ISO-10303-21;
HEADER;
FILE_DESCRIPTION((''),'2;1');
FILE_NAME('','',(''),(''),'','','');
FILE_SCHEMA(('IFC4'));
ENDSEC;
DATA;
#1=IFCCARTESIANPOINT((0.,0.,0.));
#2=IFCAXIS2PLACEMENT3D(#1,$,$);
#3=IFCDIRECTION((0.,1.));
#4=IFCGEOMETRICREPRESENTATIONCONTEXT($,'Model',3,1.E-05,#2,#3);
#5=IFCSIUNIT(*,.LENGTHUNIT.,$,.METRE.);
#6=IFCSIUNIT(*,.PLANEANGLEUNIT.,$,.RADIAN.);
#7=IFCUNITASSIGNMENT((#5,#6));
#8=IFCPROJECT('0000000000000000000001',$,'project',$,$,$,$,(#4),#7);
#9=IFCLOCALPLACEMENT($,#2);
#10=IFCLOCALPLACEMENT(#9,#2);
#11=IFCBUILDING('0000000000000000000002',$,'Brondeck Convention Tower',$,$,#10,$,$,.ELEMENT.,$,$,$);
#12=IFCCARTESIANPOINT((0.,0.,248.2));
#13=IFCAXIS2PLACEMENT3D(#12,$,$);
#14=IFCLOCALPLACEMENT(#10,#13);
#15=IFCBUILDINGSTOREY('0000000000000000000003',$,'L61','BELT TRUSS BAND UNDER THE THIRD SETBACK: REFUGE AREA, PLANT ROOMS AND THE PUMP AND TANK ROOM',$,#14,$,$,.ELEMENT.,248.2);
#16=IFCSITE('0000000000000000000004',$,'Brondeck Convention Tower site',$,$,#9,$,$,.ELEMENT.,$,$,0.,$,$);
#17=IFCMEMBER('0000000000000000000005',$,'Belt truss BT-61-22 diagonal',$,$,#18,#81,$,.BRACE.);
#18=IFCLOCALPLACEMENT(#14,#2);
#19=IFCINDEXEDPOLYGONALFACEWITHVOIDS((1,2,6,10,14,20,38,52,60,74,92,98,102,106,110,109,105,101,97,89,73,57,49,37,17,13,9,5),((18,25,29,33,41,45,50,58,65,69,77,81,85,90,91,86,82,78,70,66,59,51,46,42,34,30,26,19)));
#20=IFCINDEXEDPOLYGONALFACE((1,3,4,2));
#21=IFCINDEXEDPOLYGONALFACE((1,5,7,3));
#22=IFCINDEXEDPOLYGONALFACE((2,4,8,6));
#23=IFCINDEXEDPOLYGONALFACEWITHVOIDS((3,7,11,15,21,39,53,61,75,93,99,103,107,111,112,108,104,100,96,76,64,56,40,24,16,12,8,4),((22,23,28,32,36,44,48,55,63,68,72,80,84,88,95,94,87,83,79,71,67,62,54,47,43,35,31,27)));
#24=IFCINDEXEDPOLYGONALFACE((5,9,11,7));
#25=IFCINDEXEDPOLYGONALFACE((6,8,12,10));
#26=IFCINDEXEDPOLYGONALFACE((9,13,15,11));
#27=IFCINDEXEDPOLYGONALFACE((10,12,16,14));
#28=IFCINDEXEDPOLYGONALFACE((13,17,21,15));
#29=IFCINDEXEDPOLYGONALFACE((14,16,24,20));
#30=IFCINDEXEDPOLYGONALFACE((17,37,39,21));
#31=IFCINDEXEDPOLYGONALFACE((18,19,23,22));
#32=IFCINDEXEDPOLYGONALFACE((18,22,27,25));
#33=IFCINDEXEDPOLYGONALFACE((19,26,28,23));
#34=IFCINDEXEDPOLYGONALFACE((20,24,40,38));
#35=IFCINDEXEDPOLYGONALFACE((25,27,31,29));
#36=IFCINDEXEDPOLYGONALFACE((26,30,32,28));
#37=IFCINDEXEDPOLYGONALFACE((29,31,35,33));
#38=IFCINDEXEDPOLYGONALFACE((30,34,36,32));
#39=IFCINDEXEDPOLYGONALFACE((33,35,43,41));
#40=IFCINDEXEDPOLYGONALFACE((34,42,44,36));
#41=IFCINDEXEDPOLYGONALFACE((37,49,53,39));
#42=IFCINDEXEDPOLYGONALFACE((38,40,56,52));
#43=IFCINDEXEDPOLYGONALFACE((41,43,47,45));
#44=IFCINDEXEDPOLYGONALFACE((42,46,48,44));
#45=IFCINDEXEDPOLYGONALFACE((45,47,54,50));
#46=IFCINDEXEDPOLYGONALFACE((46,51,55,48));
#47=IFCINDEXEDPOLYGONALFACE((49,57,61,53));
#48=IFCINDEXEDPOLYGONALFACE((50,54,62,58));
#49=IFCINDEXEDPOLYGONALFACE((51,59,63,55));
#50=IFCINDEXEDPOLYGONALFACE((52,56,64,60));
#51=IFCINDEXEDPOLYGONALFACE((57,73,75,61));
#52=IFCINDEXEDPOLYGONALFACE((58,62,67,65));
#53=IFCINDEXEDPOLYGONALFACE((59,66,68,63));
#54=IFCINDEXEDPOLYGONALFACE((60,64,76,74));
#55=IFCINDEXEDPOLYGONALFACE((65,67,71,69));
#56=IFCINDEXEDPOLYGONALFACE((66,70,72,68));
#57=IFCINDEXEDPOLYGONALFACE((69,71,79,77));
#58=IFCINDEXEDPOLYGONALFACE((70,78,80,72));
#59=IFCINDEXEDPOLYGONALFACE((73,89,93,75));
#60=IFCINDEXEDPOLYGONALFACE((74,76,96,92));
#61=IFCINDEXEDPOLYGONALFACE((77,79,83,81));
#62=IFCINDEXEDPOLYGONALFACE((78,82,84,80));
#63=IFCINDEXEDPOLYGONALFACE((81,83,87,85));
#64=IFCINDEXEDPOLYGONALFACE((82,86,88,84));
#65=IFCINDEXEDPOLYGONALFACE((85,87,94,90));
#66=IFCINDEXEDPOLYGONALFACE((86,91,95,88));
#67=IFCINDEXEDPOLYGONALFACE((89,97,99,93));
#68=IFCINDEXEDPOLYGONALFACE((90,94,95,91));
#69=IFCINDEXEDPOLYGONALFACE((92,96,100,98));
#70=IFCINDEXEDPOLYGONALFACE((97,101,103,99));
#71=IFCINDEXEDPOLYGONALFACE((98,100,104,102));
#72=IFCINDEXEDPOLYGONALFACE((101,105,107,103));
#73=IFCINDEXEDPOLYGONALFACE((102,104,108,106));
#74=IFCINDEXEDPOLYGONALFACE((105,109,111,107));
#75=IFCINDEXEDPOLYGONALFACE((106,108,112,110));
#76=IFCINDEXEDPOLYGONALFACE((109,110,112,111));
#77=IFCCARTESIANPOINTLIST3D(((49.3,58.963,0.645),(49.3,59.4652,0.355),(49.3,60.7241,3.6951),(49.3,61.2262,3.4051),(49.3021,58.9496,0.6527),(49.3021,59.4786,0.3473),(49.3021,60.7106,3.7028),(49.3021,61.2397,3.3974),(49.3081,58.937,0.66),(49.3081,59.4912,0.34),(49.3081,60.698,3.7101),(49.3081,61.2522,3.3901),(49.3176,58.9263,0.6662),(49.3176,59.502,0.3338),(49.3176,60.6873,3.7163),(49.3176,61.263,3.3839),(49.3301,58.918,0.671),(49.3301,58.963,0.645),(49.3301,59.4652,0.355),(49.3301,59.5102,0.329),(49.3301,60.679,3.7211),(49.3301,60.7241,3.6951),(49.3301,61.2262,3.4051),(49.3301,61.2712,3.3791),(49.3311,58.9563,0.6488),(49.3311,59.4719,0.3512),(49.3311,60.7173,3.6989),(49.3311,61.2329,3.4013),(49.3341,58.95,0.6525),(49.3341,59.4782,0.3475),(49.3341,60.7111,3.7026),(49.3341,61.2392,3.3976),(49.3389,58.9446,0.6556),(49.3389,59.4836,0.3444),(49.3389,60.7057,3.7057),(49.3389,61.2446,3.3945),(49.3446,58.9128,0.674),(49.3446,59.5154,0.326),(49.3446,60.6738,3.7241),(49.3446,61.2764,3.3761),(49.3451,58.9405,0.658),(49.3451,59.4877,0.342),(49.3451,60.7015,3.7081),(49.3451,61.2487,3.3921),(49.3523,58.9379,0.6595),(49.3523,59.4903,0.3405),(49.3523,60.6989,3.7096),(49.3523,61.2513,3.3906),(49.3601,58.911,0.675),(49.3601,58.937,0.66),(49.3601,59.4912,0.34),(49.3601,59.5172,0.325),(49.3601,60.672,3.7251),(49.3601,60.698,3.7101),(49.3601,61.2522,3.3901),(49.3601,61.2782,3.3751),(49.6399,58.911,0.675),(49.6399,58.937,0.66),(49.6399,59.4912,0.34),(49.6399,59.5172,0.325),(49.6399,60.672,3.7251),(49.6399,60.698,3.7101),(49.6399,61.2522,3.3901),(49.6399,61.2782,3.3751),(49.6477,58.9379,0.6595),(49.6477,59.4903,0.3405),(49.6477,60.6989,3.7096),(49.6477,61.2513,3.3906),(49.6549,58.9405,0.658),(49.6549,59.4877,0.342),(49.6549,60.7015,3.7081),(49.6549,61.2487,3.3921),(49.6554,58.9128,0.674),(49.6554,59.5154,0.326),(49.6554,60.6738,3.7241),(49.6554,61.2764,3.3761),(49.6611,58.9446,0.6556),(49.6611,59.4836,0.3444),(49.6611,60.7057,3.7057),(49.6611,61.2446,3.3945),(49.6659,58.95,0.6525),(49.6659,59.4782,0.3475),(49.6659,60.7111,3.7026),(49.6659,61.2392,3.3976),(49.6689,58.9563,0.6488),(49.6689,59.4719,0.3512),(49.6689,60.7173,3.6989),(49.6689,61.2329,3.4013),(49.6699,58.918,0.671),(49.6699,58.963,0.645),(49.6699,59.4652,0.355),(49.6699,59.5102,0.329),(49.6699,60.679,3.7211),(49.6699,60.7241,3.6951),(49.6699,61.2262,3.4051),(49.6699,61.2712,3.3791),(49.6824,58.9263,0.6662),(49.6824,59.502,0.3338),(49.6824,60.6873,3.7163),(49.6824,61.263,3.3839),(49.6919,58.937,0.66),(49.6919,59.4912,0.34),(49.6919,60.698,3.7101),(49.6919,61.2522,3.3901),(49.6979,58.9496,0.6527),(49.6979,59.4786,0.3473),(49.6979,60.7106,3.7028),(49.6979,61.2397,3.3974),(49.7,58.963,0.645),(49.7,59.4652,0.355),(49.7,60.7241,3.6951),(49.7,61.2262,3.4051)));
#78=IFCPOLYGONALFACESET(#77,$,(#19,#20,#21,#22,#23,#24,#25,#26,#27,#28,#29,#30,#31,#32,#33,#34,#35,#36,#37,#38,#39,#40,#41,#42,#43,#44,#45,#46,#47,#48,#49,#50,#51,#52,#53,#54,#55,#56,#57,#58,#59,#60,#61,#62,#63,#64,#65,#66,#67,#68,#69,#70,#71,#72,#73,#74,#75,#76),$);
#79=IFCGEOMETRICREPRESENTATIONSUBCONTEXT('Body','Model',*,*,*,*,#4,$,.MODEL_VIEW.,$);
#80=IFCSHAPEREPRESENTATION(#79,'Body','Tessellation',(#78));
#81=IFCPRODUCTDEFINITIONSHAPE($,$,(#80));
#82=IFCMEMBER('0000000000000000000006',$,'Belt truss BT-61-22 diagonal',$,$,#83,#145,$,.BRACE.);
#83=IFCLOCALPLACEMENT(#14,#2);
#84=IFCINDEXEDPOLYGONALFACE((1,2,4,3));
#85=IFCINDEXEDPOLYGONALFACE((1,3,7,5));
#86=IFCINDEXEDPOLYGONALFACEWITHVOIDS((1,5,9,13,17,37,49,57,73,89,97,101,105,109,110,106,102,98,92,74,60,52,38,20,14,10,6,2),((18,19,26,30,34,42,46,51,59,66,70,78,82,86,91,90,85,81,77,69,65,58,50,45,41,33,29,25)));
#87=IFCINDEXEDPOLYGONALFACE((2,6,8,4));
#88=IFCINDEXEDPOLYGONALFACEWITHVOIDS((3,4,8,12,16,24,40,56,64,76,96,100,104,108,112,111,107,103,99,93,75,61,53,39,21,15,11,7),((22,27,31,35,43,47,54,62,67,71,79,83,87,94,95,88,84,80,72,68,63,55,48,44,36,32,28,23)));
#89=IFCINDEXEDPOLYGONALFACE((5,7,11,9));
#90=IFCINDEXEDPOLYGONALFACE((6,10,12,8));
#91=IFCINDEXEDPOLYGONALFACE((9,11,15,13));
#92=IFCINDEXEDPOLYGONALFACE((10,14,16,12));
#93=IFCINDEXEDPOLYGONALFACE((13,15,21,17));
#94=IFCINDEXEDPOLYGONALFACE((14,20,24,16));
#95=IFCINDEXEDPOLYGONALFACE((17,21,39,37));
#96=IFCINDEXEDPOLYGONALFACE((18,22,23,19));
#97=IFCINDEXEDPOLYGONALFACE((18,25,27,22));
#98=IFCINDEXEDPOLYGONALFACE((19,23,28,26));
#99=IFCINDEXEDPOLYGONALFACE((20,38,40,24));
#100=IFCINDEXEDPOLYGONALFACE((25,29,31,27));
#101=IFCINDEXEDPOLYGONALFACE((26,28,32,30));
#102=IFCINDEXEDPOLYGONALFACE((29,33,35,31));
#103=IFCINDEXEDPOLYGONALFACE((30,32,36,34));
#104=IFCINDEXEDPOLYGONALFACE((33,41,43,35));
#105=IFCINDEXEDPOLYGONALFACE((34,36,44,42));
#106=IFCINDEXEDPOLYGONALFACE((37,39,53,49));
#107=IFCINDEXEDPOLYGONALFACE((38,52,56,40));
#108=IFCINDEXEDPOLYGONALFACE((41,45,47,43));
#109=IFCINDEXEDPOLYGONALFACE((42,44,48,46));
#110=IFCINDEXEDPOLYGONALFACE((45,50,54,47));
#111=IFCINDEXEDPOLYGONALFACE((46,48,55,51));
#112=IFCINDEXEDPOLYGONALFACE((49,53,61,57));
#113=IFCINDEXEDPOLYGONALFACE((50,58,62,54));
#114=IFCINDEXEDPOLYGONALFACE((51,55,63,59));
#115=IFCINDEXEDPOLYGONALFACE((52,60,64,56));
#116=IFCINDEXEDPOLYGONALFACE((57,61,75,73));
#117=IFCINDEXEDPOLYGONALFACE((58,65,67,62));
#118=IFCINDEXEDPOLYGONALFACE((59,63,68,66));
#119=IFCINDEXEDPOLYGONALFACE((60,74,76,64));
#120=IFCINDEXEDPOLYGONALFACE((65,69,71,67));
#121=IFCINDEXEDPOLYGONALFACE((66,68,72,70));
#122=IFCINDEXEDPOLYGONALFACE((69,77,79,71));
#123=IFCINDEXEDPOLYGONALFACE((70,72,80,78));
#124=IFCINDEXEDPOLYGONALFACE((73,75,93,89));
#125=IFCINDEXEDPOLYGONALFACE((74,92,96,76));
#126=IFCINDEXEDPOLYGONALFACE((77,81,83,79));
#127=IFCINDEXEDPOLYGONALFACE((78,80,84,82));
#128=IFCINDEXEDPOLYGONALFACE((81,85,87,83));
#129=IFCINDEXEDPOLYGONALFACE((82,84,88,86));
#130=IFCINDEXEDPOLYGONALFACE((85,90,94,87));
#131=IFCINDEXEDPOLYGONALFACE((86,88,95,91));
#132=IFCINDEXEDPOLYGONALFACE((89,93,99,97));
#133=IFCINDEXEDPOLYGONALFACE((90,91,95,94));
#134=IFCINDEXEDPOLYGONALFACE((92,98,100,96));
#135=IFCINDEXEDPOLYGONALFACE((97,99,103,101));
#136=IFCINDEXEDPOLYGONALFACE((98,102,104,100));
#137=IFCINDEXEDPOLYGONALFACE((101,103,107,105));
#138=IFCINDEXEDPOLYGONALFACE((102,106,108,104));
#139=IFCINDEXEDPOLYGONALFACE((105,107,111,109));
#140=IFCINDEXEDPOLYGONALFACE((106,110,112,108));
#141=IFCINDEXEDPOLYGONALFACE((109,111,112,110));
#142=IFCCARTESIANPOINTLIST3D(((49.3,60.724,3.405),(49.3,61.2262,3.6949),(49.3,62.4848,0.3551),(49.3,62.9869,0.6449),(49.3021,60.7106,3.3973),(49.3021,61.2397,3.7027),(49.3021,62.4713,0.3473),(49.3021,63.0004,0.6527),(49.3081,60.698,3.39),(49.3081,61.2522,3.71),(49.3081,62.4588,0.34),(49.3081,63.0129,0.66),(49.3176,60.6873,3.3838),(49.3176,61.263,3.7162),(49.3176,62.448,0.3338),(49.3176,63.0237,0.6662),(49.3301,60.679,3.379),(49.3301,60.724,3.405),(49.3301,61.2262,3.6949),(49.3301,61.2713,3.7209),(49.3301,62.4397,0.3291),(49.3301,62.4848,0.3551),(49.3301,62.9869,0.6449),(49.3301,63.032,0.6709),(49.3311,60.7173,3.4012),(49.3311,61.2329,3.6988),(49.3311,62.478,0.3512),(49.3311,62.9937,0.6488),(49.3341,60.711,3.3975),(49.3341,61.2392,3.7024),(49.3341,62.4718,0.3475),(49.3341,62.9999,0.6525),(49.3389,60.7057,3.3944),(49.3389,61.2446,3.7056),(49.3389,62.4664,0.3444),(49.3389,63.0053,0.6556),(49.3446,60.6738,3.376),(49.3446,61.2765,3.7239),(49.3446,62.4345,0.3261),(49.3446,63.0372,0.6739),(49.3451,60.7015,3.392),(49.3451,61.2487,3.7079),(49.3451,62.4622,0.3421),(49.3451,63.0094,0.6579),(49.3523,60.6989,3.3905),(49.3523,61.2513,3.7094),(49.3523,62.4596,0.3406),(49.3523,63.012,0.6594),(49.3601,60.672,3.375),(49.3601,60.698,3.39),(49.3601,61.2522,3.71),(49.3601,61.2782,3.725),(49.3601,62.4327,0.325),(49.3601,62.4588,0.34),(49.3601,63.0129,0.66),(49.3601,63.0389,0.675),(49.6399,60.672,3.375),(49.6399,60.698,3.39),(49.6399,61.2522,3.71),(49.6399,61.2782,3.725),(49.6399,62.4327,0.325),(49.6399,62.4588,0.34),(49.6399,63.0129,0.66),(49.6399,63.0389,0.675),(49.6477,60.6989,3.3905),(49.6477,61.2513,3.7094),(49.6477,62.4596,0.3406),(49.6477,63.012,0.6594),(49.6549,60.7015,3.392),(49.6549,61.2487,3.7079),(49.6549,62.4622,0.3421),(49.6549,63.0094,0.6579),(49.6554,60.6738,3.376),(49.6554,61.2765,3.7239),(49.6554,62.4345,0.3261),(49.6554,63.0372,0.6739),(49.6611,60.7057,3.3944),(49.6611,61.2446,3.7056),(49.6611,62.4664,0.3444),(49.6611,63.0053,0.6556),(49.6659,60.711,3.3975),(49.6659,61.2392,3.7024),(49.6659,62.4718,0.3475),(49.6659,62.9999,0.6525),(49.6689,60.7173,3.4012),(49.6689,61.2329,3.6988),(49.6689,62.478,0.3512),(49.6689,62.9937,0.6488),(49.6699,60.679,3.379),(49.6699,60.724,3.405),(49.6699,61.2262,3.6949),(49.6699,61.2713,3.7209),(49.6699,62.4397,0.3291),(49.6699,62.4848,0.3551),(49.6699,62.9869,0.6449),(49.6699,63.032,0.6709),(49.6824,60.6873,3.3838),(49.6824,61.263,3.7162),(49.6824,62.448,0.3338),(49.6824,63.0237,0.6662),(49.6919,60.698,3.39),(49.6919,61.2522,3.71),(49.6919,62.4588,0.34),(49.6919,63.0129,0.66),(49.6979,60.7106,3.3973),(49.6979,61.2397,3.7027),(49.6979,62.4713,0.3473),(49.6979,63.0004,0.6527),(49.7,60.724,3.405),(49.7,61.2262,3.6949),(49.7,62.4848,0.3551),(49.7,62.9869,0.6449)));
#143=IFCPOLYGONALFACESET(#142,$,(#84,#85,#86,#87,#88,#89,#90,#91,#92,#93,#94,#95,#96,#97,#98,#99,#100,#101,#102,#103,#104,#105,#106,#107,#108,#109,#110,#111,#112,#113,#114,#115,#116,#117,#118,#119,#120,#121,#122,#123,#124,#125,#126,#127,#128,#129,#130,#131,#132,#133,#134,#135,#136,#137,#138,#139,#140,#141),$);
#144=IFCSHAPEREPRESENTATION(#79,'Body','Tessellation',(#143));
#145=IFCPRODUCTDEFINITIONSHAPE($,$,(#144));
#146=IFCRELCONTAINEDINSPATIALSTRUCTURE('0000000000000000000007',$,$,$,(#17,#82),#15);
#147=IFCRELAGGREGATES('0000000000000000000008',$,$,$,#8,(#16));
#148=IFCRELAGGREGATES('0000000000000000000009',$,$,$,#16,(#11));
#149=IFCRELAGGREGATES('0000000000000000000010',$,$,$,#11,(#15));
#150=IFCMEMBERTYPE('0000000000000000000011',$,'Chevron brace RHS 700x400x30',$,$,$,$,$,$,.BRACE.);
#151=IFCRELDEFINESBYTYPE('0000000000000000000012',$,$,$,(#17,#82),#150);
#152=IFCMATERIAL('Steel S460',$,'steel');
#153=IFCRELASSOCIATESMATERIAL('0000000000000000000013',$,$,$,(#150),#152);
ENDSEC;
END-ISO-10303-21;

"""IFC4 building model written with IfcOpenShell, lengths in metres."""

from ifc_helpers import new_model, si_unit, direction, frame, origin, origin_2d, place, context, subcontext, project, spatial, hollow_rectangle, extrude, material, material_profile, profile_set, type_object, element, save


model = new_model("IFC4")

# Units and contexts
model_context = context("Model", 3, precision=1e-05, world=origin(), true_north=direction((0.0, 1.0)))
body_context = subcontext(model_context, "Body", "Model", "MODEL_VIEW")
ifc_project = project(units=[si_unit("LENGTHUNIT", "METRE"), si_unit("PLANEANGLEUNIT", "RADIAN")], contexts=[model_context])

# Site, building, storey
site_placement = place(None, origin())
site = spatial("IfcSite", under=ifc_project, at=site_placement, Name="Brondeck Convention Tower site", CompositionType="ELEMENT", RefElevation=0.0)
building_placement = place(site_placement, origin())
building = spatial("IfcBuilding", under=site, at=building_placement, Name="Brondeck Convention Tower", CompositionType="ELEMENT")
storey_placement = place(building_placement, frame((0.0, 0.0, 248.2)))
storey = spatial("IfcBuildingStorey", under=building, at=storey_placement, Name="L61", Description="BELT TRUSS BAND UNDER THE THIRD SETBACK: REFUGE AREA, PLANT ROOMS AND THE PUMP AND TANK ROOM", CompositionType="ELEMENT", Elevation=248.2)

# Members
ifc_material_1 = material(Name="Steel S460", Category="steel")
ifc_material_profile_1 = material_profile(ifc_material_1, hollow_rectangle(XDim=0.3999, YDim=0.7, WallThickness=0.03, InnerFilletRadius=0.03, OuterFilletRadius=0.0601, at=origin_2d()), Name="RHS 700x400x30")
ifc_profile_set_1 = profile_set([ifc_material_profile_1], Name="Steel S460")
member_type_1 = type_object("IfcMemberType", Name="Chevron brace RHS 700x400x30", PredefinedType="BRACE", material=ifc_profile_set_1)
for number, where, z_axis, x_axis, name in (
    (1, (49.5, 59.2141, 0.5), (0.0, 0.500008, 0.866021), (-1.0, 0.0, 0.0), "Belt truss BT-61-22 diagonal"),
):
    element("IfcMember", number, at=place(storey_placement, frame(where, z_axis=z_axis, x_axis=x_axis)), inside=storey, type_object=member_type_1, Name=name, PredefinedType="BRACE", context=body_context, shape_type="SweptSolid", body=[
        extrude(hollow_rectangle(XDim=0.3999, YDim=0.7, WallThickness=0.03, InnerFilletRadius=0.03, OuterFilletRadius=0.0601, at=origin_2d()), origin(), (0.0, 0.0, 1.0), 3.522),
    ])
member_1_placement = place(storey_placement, frame((49.5, 62.7358, 0.5), z_axis=(0.0, -0.499956, 0.866051), x_axis=(1.0, 0.0, 0.0)))
element("IfcMember", 2, at=member_1_placement, inside=storey, type_object=member_type_1, Name="Belt truss BT-61-22 diagonal", PredefinedType="BRACE", context=body_context, shape_type="SweptSolid", body=[
    extrude(hollow_rectangle(XDim=0.3999, YDim=0.7, WallThickness=0.03, InnerFilletRadius=0.03, OuterFilletRadius=0.0601, at=origin_2d()), origin(), (0.0, 0.0, 1.0), 3.5217),
])

save(model, "model.ifc")
